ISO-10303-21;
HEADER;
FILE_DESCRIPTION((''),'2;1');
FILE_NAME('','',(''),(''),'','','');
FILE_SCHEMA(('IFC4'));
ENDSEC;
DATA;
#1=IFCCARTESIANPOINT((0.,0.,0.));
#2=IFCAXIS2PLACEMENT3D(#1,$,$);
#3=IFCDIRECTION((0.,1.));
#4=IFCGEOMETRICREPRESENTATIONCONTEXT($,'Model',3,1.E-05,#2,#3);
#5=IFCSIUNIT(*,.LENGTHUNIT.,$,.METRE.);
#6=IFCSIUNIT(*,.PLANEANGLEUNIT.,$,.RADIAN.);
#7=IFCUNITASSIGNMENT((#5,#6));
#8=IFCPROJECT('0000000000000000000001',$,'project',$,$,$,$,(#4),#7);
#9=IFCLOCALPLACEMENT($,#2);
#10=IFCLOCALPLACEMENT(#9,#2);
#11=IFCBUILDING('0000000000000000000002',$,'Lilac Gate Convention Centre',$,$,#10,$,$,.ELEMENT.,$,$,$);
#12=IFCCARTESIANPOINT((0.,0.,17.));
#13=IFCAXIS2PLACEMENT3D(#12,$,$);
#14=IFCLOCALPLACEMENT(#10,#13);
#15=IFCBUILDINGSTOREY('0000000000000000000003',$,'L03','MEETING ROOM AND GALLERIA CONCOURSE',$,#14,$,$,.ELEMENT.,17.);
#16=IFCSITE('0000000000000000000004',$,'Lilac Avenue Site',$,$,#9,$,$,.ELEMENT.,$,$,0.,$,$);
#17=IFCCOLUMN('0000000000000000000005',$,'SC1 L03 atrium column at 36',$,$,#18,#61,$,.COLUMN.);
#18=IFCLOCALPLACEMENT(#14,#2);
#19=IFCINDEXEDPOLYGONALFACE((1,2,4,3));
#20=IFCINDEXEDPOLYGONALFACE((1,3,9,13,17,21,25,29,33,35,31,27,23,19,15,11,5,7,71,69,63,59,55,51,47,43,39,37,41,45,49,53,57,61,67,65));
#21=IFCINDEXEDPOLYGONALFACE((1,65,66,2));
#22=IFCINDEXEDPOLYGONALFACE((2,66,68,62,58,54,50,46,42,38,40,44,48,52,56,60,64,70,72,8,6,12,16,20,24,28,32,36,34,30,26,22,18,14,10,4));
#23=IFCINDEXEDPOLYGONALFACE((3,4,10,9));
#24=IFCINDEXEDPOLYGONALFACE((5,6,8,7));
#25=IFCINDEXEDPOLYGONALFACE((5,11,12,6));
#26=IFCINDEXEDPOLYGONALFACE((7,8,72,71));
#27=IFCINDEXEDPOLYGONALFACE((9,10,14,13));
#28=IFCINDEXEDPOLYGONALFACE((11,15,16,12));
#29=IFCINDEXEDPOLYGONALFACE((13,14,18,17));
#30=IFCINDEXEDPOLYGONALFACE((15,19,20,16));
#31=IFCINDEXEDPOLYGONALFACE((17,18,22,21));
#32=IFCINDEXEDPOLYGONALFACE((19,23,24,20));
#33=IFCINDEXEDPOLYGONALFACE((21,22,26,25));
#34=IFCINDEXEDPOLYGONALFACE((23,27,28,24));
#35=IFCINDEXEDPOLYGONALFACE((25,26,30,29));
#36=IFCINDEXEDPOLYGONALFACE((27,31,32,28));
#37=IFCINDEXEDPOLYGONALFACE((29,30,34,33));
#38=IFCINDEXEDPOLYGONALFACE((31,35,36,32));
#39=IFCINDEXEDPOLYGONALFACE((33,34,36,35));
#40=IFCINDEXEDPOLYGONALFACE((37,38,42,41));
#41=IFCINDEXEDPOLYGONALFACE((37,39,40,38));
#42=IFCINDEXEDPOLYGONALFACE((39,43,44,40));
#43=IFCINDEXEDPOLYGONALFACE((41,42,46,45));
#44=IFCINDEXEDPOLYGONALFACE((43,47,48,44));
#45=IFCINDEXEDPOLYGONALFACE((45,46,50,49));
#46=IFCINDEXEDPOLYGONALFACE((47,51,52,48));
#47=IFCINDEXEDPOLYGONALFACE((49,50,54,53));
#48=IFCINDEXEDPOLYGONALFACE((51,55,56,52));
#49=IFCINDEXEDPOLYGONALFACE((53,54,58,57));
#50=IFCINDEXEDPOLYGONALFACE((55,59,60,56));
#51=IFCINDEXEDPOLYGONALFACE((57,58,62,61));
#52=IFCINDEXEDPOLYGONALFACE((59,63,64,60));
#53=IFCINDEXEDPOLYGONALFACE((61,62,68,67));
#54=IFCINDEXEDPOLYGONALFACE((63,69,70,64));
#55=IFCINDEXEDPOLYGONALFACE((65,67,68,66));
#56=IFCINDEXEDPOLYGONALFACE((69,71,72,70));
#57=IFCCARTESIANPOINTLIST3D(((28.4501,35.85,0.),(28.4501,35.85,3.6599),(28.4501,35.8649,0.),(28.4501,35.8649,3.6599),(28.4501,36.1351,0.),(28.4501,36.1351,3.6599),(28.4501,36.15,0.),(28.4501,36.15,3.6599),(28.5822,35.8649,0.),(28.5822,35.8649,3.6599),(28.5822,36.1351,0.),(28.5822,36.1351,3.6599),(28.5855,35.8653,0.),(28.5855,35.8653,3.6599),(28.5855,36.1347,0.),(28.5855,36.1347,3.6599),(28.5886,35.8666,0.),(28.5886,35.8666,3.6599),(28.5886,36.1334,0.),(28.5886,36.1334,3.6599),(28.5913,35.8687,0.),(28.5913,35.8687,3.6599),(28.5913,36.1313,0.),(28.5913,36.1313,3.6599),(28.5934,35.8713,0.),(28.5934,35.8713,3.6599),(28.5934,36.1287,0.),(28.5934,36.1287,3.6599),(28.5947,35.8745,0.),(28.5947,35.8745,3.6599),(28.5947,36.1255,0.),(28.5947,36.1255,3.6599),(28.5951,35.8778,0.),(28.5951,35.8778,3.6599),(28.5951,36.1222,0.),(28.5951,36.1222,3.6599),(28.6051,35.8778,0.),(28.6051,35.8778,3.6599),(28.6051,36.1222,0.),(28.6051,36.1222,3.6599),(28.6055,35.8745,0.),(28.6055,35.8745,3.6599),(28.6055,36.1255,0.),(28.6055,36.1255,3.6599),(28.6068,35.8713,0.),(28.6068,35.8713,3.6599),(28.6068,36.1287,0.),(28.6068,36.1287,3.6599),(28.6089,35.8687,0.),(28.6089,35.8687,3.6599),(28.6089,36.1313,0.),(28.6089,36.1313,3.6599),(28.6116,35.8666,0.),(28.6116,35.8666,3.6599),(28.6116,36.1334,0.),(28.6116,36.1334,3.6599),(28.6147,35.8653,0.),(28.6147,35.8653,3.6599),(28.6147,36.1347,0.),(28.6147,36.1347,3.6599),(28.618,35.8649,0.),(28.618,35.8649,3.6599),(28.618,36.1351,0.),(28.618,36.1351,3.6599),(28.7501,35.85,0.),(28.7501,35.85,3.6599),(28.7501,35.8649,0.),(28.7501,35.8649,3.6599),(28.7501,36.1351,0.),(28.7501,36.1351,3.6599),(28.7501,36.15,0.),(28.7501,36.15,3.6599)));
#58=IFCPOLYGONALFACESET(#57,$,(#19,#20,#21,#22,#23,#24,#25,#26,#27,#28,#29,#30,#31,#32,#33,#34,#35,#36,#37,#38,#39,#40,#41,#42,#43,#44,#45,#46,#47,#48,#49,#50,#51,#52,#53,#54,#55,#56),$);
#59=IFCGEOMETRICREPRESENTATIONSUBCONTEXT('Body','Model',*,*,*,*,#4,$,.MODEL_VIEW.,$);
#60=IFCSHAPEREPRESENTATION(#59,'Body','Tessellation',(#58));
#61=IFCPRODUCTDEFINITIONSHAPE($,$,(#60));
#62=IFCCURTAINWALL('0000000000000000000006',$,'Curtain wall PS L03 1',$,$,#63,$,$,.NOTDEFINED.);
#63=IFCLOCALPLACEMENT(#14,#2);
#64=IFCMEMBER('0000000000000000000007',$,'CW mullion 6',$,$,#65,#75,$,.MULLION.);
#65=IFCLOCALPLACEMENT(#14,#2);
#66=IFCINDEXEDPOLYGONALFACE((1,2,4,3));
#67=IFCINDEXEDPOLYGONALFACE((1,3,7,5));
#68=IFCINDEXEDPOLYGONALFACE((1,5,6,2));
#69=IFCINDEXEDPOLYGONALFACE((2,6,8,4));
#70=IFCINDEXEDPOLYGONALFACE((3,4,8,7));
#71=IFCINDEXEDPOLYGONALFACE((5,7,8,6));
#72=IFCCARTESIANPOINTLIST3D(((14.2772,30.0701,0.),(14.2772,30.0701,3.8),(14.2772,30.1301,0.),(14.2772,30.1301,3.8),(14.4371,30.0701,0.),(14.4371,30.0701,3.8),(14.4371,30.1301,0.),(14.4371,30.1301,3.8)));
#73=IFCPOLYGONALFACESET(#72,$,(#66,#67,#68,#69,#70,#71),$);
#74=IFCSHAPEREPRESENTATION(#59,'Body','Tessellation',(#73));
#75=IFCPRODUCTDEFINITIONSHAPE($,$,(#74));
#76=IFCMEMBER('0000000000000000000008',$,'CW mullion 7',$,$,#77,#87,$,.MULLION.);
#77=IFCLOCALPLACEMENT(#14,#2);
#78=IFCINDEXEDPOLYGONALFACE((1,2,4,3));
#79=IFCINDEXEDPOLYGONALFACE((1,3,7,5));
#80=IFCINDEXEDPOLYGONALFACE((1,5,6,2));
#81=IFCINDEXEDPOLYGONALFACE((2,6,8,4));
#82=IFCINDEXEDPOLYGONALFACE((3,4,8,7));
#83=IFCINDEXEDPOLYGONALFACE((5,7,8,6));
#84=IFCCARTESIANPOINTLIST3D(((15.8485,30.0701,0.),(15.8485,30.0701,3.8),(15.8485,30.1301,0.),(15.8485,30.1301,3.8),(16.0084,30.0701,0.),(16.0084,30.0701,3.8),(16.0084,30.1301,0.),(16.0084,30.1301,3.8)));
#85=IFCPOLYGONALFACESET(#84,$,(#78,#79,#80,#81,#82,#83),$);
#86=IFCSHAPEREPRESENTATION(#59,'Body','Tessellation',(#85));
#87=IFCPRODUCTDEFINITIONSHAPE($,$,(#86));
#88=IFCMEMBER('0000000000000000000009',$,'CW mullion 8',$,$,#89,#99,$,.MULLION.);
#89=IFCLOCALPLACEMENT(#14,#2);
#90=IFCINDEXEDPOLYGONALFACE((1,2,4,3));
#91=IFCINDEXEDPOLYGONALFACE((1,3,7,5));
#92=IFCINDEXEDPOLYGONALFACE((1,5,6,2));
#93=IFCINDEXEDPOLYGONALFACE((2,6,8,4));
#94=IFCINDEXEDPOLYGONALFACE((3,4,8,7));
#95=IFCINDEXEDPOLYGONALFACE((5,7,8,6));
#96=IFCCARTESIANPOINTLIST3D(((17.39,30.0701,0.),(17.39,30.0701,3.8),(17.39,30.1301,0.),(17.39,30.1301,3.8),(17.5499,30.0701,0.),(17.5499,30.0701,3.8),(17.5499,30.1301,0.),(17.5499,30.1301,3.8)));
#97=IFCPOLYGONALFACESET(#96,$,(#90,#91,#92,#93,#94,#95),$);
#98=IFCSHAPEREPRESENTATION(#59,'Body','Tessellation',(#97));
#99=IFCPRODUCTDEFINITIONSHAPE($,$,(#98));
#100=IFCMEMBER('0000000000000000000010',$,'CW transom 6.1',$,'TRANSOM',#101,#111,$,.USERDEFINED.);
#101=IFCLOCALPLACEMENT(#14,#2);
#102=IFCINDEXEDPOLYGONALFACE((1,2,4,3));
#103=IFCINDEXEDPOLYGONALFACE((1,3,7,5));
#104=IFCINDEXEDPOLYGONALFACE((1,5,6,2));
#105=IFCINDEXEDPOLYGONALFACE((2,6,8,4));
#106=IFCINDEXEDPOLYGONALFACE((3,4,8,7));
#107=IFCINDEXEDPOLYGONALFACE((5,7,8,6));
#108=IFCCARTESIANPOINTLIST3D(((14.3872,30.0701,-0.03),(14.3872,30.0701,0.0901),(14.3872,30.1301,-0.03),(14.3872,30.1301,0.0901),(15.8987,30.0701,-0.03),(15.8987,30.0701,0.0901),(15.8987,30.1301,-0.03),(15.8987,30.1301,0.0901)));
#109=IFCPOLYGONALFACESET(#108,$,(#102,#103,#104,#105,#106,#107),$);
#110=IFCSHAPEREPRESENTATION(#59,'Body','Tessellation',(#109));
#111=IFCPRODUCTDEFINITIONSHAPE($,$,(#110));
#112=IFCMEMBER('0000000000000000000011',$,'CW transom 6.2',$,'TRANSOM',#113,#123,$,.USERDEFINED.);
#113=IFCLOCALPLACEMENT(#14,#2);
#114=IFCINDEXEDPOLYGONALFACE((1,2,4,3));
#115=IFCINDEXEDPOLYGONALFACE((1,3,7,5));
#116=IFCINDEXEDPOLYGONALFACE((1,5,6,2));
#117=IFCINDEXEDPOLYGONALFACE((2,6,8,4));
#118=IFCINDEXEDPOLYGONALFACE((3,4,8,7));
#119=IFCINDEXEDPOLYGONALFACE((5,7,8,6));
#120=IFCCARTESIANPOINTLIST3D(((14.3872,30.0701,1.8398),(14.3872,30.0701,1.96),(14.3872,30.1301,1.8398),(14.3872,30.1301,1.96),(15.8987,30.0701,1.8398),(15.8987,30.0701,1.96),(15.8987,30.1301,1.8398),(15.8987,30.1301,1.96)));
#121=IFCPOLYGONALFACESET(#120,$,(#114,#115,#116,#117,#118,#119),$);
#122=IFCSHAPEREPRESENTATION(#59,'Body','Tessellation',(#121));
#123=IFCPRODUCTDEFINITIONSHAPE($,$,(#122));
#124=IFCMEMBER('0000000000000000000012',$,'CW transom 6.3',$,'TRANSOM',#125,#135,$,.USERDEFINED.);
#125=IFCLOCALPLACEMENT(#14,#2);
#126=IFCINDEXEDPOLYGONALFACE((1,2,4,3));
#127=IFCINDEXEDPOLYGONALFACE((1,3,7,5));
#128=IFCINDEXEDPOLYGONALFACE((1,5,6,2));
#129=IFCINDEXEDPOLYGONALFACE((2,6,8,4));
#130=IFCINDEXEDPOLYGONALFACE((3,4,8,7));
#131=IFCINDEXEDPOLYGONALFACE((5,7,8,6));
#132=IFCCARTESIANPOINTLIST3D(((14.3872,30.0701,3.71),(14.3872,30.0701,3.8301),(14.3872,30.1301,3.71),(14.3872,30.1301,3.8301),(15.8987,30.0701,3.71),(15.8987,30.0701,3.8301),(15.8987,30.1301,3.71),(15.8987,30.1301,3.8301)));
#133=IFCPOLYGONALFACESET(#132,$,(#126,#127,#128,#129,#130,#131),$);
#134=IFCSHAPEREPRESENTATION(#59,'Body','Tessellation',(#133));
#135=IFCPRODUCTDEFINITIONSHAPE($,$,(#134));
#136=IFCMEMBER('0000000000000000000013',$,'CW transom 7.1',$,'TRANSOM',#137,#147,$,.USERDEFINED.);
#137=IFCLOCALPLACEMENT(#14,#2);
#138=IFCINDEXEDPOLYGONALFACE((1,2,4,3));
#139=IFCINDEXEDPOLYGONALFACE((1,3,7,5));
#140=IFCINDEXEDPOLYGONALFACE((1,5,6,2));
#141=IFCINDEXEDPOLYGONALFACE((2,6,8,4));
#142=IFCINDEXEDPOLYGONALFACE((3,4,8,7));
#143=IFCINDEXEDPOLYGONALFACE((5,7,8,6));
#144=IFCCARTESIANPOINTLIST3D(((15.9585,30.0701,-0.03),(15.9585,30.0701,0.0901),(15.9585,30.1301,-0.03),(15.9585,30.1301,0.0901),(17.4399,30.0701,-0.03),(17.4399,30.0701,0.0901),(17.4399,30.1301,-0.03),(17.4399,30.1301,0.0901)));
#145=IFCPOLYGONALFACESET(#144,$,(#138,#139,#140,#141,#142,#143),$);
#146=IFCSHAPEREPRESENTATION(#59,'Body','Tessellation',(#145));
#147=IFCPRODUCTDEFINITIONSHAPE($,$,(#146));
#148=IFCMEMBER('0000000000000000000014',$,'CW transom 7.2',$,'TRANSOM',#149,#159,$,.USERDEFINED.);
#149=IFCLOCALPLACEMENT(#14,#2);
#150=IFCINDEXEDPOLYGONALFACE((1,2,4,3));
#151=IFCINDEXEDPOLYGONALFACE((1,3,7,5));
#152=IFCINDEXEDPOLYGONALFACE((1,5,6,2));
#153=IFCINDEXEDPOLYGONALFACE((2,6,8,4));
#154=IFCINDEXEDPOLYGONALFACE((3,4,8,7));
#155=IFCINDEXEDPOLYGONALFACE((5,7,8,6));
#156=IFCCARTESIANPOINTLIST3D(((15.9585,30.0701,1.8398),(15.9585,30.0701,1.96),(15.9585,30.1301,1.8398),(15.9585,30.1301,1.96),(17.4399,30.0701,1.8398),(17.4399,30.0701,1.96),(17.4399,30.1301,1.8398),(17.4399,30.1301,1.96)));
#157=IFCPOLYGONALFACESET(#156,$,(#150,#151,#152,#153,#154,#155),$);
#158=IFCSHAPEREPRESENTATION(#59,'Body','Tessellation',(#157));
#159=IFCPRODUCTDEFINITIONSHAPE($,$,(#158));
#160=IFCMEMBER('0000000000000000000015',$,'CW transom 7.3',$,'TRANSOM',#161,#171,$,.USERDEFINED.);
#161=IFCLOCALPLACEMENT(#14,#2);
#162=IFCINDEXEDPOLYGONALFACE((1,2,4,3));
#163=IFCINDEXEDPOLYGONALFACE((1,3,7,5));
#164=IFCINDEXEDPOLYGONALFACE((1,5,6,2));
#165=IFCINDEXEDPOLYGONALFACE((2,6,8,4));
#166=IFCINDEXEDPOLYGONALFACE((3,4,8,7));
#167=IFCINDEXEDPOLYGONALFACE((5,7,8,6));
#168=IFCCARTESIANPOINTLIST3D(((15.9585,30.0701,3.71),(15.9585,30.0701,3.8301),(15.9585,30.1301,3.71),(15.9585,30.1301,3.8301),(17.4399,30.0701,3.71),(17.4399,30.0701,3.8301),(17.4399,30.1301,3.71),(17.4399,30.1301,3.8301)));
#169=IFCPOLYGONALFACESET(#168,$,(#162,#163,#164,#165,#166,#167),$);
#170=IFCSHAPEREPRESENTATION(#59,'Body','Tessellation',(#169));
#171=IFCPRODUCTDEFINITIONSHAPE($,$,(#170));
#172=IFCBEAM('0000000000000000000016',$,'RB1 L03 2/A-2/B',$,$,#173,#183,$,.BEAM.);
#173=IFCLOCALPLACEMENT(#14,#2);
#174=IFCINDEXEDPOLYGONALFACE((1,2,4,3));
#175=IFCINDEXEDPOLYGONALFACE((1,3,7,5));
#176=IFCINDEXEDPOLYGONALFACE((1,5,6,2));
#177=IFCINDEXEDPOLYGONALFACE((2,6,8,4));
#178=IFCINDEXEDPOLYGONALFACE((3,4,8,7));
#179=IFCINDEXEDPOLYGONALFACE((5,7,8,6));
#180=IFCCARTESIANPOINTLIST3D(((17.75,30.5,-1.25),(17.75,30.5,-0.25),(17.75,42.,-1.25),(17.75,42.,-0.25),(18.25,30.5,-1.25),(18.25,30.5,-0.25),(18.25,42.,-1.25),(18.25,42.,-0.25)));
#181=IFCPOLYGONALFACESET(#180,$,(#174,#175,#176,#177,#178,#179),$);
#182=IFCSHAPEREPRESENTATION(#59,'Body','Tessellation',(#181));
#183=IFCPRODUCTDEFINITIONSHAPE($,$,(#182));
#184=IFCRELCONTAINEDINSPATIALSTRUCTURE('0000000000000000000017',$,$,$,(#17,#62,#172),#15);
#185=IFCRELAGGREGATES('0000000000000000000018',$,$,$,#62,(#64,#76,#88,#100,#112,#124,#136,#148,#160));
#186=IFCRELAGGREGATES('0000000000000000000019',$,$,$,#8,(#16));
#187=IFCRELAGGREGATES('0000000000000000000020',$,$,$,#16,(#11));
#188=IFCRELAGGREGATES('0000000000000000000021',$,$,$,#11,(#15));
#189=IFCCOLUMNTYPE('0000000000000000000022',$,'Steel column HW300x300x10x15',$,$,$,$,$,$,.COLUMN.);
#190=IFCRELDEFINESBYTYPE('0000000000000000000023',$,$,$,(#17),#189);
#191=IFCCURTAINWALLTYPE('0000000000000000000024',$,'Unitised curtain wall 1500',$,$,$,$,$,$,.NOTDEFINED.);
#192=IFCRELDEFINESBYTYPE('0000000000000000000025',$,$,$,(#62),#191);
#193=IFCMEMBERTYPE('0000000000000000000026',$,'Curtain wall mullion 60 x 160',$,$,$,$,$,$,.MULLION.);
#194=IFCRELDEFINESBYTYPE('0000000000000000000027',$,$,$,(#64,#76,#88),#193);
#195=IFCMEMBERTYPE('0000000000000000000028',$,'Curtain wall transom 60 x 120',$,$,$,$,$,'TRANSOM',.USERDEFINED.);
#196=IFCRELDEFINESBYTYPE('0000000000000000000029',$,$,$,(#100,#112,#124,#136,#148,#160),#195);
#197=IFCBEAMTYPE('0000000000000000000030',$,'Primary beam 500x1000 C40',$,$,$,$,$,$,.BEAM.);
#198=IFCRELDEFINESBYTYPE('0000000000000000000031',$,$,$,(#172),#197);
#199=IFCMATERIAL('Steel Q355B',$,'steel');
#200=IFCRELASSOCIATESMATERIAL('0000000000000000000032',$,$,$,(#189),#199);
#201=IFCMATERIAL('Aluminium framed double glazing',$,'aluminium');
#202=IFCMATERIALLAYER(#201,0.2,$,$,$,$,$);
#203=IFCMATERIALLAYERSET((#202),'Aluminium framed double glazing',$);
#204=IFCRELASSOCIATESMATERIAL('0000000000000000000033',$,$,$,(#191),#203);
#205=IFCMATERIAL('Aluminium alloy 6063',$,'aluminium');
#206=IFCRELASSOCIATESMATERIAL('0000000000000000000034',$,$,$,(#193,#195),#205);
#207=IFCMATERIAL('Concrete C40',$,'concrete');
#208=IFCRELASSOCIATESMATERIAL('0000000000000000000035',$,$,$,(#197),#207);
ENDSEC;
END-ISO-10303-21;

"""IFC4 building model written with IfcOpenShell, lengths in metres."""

from ifc_helpers import new_model, si_unit, direction, frame, origin, origin_2d, place, context, subcontext, project, spatial, rectangle, i_section, extrude, material, layer, layer_set, material_profile, profile_set, type_object, element, aggregate, save


model = new_model("IFC4")

# Units and contexts
model_context = context("Model", 3, precision=1e-05, world=origin(), true_north=direction((0.0, 1.0)))
body_context = subcontext(model_context, "Body", "Model", "MODEL_VIEW")
ifc_project = project(units=[si_unit("LENGTHUNIT", "METRE"), si_unit("PLANEANGLEUNIT", "RADIAN")], contexts=[model_context])

# Site, building, storey
site_placement = place(None, origin())
site = spatial("IfcSite", under=ifc_project, at=site_placement, Name="Lilac Avenue Site", CompositionType="ELEMENT", RefElevation=0.0)
building_placement = place(site_placement, origin())
building = spatial("IfcBuilding", under=site, at=building_placement, Name="Lilac Gate Convention Centre", CompositionType="ELEMENT")
storey_placement = place(building_placement, frame((0.0, 0.0, 17.0)))
storey = spatial("IfcBuildingStorey", under=building, at=storey_placement, Name="L03", Description="MEETING ROOM AND GALLERIA CONCOURSE", CompositionType="ELEMENT", Elevation=17.0)

# Column
ifc_material_1 = material(Name="Steel Q355B", Category="steel")
ifc_material_profile_1 = material_profile(ifc_material_1, i_section(OverallWidth=0.3, OverallDepth=0.3, WebThickness=0.01, FlangeThickness=0.0149, FilletRadius=0.0129, at=origin_2d()), Name="HW300x300x10x15")
ifc_profile_set_1 = profile_set([ifc_material_profile_1], Name="Steel Q355B")
column_type = type_object("IfcColumnType", Name="Steel column HW300x300x10x15", PredefinedType="COLUMN", material=ifc_profile_set_1)
column_placement = place(storey_placement, frame((28.6001, 36.0, 0.0), z_axis=(0.0, 0.0, 1.0), x_axis=(1.0, 0.0, 0.0)))
element("IfcColumn", 1, at=column_placement, inside=storey, type_object=column_type, Name="SC1 L03 atrium column at 36", PredefinedType="COLUMN", context=body_context, shape_type="SweptSolid", body=[
    extrude(i_section(OverallWidth=0.3, OverallDepth=0.3, WebThickness=0.01, FlangeThickness=0.0149, FilletRadius=0.0129, at=origin_2d()), origin(), (0.0, 0.0, 1.0), 3.6599),
])

# Curtain wall, members
ifc_material_2 = material(Name="Aluminium framed double glazing", Category="aluminium")
ifc_layer_1 = layer(ifc_material_2, 0.2)
ifc_layer_set_1 = layer_set([ifc_layer_1], Name="Aluminium framed double glazing")
curtain_wall_type = type_object("IfcCurtainWallType", Name="Unitised curtain wall 1500", PredefinedType="NOTDEFINED", material=ifc_layer_set_1)
curtain_wall_placement = place(storey_placement, origin())
curtain_wall = element("IfcCurtainWall", 2, at=curtain_wall_placement, inside=storey, type_object=curtain_wall_type, Name="Curtain wall PS L03 1", PredefinedType="NOTDEFINED")
ifc_material_3 = material(Name="Aluminium alloy 6063", Category="aluminium")
ifc_material_profile_2 = material_profile(ifc_material_3, rectangle(XDim=0.0601, YDim=0.1599, at=origin_2d()), Name="Curtain wall mullion 60 x 160")
ifc_profile_set_2 = profile_set([ifc_material_profile_2], Name="Aluminium alloy 6063")
member_type_1 = type_object("IfcMemberType", Name="Curtain wall mullion 60 x 160", PredefinedType="MULLION", material=ifc_profile_set_2)
member_1_placement = place(storey_placement, frame((14.3572, 30.1001, 0.0), z_axis=(0.0, 0.0, 1.0), x_axis=(0.0, 1.0, 0.0)))
member_1 = element("IfcMember", 3, at=member_1_placement, type_object=member_type_1, Name="CW mullion 6", PredefinedType="MULLION", context=body_context, shape_type="SweptSolid", body=[
    extrude(rectangle(XDim=0.0601, YDim=0.1599, at=origin_2d()), origin(), (0.0, 0.0, 1.0), 3.8),
])
member_2_placement = place(storey_placement, frame((15.9285, 30.1001, 0.0), z_axis=(0.0, 0.0, 1.0), x_axis=(0.0, 1.0, 0.0)))
member_2 = element("IfcMember", 4, at=member_2_placement, type_object=member_type_1, Name="CW mullion 7", PredefinedType="MULLION", context=body_context, shape_type="SweptSolid", body=[
    extrude(rectangle(XDim=0.0601, YDim=0.1599, at=origin_2d()), origin(), (0.0, 0.0, 1.0), 3.8),
])
member_3_placement = place(storey_placement, frame((17.47, 30.1001, 0.0), z_axis=(0.0, 0.0, 1.0), x_axis=(0.0, 1.0, 0.0)))
member_3 = element("IfcMember", 5, at=member_3_placement, type_object=member_type_1, Name="CW mullion 8", PredefinedType="MULLION", context=body_context, shape_type="SweptSolid", body=[
    extrude(rectangle(XDim=0.0601, YDim=0.1599, at=origin_2d()), origin(), (0.0, 0.0, 1.0), 3.8),
])
ifc_material_profile_3 = material_profile(ifc_material_3, rectangle(XDim=0.0601, YDim=0.1201, at=origin_2d()), Name="Curtain wall transom 60 x 120")
ifc_profile_set_3 = profile_set([ifc_material_profile_3], Name="Aluminium alloy 6063")
member_type_2 = type_object("IfcMemberType", Name="Curtain wall transom 60 x 120", ElementType="TRANSOM", PredefinedType="USERDEFINED", material=ifc_profile_set_3)
member_4_placement = place(storey_placement, frame((14.3872, 30.1001, 0.03), z_axis=(1.0, 0.0, 0.0), x_axis=(0.0, 1.0, 0.0)))
member_4 = element("IfcMember", 6, at=member_4_placement, type_object=member_type_2, Name="CW transom 6.1", ObjectType="TRANSOM", PredefinedType="USERDEFINED", context=body_context, shape_type="SweptSolid", body=[
    extrude(rectangle(XDim=0.0601, YDim=0.1201, at=origin_2d()), origin(), (0.0, 0.0, 1.0), 1.5115),
])
member_5_placement = place(storey_placement, frame((14.3872, 30.1001, 1.8999), z_axis=(1.0, 0.0, 0.0), x_axis=(0.0, 1.0, 0.0)))
member_5 = element("IfcMember", 7, at=member_5_placement, type_object=member_type_2, Name="CW transom 6.2", ObjectType="TRANSOM", PredefinedType="USERDEFINED", context=body_context, shape_type="SweptSolid", body=[
    extrude(rectangle(XDim=0.0601, YDim=0.1201, at=origin_2d()), origin(), (0.0, 0.0, 1.0), 1.5115),
])
member_6_placement = place(storey_placement, frame((14.3872, 30.1001, 3.77), z_axis=(1.0, 0.0, 0.0), x_axis=(0.0, 1.0, 0.0)))
member_6 = element("IfcMember", 8, at=member_6_placement, type_object=member_type_2, Name="CW transom 6.3", ObjectType="TRANSOM", PredefinedType="USERDEFINED", context=body_context, shape_type="SweptSolid", body=[
    extrude(rectangle(XDim=0.0601, YDim=0.1201, at=origin_2d()), origin(), (0.0, 0.0, 1.0), 1.5115),
])
member_7_placement = place(storey_placement, frame((15.9585, 30.1001, 0.03), z_axis=(1.0, 0.0, 0.0), x_axis=(0.0, 1.0, 0.0)))
member_7 = element("IfcMember", 9, at=member_7_placement, type_object=member_type_2, Name="CW transom 7.1", ObjectType="TRANSOM", PredefinedType="USERDEFINED", context=body_context, shape_type="SweptSolid", body=[
    extrude(rectangle(XDim=0.0601, YDim=0.1201, at=origin_2d()), origin(), (0.0, 0.0, 1.0), 1.4814),
])
member_8_placement = place(storey_placement, frame((15.9585, 30.1001, 1.8999), z_axis=(1.0, 0.0, 0.0), x_axis=(0.0, 1.0, 0.0)))
member_8 = element("IfcMember", 10, at=member_8_placement, type_object=member_type_2, Name="CW transom 7.2", ObjectType="TRANSOM", PredefinedType="USERDEFINED", context=body_context, shape_type="SweptSolid", body=[
    extrude(rectangle(XDim=0.0601, YDim=0.1201, at=origin_2d()), origin(), (0.0, 0.0, 1.0), 1.4814),
])
member_9_placement = place(storey_placement, frame((15.9585, 30.1001, 3.77), z_axis=(1.0, 0.0, 0.0), x_axis=(0.0, 1.0, 0.0)))
member_9 = element("IfcMember", 11, at=member_9_placement, type_object=member_type_2, Name="CW transom 7.3", ObjectType="TRANSOM", PredefinedType="USERDEFINED", context=body_context, shape_type="SweptSolid", body=[
    extrude(rectangle(XDim=0.0601, YDim=0.1201, at=origin_2d()), origin(), (0.0, 0.0, 1.0), 1.4814),
])

# Beam
ifc_material_4 = material(Name="Concrete C40", Category="concrete")
ifc_material_profile_4 = material_profile(ifc_material_4, rectangle(XDim=0.5, YDim=1.0, at=origin_2d()), Name="RC 500x1000")
ifc_profile_set_4 = profile_set([ifc_material_profile_4], Name="Concrete C40")
beam_type = type_object("IfcBeamType", Name="Primary beam 500x1000 C40", PredefinedType="BEAM", material=ifc_profile_set_4)
beam_placement = place(storey_placement, frame((18.0, 30.5, -0.75), z_axis=(0.0, 1.0, 0.0), x_axis=(-1.0, 0.0, 0.0)))
element("IfcBeam", 12, at=beam_placement, inside=storey, type_object=beam_type, Name="RB1 L03 2/A-2/B", PredefinedType="BEAM", context=body_context, shape_type="SweptSolid", body=[
    extrude(rectangle(XDim=0.5, YDim=1.0, at=origin_2d()), origin(), (0.0, 0.0, 1.0), 11.5),
])

aggregate(curtain_wall, [member_1, member_2, member_3, member_4, member_5, member_6, member_7, member_8, member_9])

save(model, "model.ifc")
